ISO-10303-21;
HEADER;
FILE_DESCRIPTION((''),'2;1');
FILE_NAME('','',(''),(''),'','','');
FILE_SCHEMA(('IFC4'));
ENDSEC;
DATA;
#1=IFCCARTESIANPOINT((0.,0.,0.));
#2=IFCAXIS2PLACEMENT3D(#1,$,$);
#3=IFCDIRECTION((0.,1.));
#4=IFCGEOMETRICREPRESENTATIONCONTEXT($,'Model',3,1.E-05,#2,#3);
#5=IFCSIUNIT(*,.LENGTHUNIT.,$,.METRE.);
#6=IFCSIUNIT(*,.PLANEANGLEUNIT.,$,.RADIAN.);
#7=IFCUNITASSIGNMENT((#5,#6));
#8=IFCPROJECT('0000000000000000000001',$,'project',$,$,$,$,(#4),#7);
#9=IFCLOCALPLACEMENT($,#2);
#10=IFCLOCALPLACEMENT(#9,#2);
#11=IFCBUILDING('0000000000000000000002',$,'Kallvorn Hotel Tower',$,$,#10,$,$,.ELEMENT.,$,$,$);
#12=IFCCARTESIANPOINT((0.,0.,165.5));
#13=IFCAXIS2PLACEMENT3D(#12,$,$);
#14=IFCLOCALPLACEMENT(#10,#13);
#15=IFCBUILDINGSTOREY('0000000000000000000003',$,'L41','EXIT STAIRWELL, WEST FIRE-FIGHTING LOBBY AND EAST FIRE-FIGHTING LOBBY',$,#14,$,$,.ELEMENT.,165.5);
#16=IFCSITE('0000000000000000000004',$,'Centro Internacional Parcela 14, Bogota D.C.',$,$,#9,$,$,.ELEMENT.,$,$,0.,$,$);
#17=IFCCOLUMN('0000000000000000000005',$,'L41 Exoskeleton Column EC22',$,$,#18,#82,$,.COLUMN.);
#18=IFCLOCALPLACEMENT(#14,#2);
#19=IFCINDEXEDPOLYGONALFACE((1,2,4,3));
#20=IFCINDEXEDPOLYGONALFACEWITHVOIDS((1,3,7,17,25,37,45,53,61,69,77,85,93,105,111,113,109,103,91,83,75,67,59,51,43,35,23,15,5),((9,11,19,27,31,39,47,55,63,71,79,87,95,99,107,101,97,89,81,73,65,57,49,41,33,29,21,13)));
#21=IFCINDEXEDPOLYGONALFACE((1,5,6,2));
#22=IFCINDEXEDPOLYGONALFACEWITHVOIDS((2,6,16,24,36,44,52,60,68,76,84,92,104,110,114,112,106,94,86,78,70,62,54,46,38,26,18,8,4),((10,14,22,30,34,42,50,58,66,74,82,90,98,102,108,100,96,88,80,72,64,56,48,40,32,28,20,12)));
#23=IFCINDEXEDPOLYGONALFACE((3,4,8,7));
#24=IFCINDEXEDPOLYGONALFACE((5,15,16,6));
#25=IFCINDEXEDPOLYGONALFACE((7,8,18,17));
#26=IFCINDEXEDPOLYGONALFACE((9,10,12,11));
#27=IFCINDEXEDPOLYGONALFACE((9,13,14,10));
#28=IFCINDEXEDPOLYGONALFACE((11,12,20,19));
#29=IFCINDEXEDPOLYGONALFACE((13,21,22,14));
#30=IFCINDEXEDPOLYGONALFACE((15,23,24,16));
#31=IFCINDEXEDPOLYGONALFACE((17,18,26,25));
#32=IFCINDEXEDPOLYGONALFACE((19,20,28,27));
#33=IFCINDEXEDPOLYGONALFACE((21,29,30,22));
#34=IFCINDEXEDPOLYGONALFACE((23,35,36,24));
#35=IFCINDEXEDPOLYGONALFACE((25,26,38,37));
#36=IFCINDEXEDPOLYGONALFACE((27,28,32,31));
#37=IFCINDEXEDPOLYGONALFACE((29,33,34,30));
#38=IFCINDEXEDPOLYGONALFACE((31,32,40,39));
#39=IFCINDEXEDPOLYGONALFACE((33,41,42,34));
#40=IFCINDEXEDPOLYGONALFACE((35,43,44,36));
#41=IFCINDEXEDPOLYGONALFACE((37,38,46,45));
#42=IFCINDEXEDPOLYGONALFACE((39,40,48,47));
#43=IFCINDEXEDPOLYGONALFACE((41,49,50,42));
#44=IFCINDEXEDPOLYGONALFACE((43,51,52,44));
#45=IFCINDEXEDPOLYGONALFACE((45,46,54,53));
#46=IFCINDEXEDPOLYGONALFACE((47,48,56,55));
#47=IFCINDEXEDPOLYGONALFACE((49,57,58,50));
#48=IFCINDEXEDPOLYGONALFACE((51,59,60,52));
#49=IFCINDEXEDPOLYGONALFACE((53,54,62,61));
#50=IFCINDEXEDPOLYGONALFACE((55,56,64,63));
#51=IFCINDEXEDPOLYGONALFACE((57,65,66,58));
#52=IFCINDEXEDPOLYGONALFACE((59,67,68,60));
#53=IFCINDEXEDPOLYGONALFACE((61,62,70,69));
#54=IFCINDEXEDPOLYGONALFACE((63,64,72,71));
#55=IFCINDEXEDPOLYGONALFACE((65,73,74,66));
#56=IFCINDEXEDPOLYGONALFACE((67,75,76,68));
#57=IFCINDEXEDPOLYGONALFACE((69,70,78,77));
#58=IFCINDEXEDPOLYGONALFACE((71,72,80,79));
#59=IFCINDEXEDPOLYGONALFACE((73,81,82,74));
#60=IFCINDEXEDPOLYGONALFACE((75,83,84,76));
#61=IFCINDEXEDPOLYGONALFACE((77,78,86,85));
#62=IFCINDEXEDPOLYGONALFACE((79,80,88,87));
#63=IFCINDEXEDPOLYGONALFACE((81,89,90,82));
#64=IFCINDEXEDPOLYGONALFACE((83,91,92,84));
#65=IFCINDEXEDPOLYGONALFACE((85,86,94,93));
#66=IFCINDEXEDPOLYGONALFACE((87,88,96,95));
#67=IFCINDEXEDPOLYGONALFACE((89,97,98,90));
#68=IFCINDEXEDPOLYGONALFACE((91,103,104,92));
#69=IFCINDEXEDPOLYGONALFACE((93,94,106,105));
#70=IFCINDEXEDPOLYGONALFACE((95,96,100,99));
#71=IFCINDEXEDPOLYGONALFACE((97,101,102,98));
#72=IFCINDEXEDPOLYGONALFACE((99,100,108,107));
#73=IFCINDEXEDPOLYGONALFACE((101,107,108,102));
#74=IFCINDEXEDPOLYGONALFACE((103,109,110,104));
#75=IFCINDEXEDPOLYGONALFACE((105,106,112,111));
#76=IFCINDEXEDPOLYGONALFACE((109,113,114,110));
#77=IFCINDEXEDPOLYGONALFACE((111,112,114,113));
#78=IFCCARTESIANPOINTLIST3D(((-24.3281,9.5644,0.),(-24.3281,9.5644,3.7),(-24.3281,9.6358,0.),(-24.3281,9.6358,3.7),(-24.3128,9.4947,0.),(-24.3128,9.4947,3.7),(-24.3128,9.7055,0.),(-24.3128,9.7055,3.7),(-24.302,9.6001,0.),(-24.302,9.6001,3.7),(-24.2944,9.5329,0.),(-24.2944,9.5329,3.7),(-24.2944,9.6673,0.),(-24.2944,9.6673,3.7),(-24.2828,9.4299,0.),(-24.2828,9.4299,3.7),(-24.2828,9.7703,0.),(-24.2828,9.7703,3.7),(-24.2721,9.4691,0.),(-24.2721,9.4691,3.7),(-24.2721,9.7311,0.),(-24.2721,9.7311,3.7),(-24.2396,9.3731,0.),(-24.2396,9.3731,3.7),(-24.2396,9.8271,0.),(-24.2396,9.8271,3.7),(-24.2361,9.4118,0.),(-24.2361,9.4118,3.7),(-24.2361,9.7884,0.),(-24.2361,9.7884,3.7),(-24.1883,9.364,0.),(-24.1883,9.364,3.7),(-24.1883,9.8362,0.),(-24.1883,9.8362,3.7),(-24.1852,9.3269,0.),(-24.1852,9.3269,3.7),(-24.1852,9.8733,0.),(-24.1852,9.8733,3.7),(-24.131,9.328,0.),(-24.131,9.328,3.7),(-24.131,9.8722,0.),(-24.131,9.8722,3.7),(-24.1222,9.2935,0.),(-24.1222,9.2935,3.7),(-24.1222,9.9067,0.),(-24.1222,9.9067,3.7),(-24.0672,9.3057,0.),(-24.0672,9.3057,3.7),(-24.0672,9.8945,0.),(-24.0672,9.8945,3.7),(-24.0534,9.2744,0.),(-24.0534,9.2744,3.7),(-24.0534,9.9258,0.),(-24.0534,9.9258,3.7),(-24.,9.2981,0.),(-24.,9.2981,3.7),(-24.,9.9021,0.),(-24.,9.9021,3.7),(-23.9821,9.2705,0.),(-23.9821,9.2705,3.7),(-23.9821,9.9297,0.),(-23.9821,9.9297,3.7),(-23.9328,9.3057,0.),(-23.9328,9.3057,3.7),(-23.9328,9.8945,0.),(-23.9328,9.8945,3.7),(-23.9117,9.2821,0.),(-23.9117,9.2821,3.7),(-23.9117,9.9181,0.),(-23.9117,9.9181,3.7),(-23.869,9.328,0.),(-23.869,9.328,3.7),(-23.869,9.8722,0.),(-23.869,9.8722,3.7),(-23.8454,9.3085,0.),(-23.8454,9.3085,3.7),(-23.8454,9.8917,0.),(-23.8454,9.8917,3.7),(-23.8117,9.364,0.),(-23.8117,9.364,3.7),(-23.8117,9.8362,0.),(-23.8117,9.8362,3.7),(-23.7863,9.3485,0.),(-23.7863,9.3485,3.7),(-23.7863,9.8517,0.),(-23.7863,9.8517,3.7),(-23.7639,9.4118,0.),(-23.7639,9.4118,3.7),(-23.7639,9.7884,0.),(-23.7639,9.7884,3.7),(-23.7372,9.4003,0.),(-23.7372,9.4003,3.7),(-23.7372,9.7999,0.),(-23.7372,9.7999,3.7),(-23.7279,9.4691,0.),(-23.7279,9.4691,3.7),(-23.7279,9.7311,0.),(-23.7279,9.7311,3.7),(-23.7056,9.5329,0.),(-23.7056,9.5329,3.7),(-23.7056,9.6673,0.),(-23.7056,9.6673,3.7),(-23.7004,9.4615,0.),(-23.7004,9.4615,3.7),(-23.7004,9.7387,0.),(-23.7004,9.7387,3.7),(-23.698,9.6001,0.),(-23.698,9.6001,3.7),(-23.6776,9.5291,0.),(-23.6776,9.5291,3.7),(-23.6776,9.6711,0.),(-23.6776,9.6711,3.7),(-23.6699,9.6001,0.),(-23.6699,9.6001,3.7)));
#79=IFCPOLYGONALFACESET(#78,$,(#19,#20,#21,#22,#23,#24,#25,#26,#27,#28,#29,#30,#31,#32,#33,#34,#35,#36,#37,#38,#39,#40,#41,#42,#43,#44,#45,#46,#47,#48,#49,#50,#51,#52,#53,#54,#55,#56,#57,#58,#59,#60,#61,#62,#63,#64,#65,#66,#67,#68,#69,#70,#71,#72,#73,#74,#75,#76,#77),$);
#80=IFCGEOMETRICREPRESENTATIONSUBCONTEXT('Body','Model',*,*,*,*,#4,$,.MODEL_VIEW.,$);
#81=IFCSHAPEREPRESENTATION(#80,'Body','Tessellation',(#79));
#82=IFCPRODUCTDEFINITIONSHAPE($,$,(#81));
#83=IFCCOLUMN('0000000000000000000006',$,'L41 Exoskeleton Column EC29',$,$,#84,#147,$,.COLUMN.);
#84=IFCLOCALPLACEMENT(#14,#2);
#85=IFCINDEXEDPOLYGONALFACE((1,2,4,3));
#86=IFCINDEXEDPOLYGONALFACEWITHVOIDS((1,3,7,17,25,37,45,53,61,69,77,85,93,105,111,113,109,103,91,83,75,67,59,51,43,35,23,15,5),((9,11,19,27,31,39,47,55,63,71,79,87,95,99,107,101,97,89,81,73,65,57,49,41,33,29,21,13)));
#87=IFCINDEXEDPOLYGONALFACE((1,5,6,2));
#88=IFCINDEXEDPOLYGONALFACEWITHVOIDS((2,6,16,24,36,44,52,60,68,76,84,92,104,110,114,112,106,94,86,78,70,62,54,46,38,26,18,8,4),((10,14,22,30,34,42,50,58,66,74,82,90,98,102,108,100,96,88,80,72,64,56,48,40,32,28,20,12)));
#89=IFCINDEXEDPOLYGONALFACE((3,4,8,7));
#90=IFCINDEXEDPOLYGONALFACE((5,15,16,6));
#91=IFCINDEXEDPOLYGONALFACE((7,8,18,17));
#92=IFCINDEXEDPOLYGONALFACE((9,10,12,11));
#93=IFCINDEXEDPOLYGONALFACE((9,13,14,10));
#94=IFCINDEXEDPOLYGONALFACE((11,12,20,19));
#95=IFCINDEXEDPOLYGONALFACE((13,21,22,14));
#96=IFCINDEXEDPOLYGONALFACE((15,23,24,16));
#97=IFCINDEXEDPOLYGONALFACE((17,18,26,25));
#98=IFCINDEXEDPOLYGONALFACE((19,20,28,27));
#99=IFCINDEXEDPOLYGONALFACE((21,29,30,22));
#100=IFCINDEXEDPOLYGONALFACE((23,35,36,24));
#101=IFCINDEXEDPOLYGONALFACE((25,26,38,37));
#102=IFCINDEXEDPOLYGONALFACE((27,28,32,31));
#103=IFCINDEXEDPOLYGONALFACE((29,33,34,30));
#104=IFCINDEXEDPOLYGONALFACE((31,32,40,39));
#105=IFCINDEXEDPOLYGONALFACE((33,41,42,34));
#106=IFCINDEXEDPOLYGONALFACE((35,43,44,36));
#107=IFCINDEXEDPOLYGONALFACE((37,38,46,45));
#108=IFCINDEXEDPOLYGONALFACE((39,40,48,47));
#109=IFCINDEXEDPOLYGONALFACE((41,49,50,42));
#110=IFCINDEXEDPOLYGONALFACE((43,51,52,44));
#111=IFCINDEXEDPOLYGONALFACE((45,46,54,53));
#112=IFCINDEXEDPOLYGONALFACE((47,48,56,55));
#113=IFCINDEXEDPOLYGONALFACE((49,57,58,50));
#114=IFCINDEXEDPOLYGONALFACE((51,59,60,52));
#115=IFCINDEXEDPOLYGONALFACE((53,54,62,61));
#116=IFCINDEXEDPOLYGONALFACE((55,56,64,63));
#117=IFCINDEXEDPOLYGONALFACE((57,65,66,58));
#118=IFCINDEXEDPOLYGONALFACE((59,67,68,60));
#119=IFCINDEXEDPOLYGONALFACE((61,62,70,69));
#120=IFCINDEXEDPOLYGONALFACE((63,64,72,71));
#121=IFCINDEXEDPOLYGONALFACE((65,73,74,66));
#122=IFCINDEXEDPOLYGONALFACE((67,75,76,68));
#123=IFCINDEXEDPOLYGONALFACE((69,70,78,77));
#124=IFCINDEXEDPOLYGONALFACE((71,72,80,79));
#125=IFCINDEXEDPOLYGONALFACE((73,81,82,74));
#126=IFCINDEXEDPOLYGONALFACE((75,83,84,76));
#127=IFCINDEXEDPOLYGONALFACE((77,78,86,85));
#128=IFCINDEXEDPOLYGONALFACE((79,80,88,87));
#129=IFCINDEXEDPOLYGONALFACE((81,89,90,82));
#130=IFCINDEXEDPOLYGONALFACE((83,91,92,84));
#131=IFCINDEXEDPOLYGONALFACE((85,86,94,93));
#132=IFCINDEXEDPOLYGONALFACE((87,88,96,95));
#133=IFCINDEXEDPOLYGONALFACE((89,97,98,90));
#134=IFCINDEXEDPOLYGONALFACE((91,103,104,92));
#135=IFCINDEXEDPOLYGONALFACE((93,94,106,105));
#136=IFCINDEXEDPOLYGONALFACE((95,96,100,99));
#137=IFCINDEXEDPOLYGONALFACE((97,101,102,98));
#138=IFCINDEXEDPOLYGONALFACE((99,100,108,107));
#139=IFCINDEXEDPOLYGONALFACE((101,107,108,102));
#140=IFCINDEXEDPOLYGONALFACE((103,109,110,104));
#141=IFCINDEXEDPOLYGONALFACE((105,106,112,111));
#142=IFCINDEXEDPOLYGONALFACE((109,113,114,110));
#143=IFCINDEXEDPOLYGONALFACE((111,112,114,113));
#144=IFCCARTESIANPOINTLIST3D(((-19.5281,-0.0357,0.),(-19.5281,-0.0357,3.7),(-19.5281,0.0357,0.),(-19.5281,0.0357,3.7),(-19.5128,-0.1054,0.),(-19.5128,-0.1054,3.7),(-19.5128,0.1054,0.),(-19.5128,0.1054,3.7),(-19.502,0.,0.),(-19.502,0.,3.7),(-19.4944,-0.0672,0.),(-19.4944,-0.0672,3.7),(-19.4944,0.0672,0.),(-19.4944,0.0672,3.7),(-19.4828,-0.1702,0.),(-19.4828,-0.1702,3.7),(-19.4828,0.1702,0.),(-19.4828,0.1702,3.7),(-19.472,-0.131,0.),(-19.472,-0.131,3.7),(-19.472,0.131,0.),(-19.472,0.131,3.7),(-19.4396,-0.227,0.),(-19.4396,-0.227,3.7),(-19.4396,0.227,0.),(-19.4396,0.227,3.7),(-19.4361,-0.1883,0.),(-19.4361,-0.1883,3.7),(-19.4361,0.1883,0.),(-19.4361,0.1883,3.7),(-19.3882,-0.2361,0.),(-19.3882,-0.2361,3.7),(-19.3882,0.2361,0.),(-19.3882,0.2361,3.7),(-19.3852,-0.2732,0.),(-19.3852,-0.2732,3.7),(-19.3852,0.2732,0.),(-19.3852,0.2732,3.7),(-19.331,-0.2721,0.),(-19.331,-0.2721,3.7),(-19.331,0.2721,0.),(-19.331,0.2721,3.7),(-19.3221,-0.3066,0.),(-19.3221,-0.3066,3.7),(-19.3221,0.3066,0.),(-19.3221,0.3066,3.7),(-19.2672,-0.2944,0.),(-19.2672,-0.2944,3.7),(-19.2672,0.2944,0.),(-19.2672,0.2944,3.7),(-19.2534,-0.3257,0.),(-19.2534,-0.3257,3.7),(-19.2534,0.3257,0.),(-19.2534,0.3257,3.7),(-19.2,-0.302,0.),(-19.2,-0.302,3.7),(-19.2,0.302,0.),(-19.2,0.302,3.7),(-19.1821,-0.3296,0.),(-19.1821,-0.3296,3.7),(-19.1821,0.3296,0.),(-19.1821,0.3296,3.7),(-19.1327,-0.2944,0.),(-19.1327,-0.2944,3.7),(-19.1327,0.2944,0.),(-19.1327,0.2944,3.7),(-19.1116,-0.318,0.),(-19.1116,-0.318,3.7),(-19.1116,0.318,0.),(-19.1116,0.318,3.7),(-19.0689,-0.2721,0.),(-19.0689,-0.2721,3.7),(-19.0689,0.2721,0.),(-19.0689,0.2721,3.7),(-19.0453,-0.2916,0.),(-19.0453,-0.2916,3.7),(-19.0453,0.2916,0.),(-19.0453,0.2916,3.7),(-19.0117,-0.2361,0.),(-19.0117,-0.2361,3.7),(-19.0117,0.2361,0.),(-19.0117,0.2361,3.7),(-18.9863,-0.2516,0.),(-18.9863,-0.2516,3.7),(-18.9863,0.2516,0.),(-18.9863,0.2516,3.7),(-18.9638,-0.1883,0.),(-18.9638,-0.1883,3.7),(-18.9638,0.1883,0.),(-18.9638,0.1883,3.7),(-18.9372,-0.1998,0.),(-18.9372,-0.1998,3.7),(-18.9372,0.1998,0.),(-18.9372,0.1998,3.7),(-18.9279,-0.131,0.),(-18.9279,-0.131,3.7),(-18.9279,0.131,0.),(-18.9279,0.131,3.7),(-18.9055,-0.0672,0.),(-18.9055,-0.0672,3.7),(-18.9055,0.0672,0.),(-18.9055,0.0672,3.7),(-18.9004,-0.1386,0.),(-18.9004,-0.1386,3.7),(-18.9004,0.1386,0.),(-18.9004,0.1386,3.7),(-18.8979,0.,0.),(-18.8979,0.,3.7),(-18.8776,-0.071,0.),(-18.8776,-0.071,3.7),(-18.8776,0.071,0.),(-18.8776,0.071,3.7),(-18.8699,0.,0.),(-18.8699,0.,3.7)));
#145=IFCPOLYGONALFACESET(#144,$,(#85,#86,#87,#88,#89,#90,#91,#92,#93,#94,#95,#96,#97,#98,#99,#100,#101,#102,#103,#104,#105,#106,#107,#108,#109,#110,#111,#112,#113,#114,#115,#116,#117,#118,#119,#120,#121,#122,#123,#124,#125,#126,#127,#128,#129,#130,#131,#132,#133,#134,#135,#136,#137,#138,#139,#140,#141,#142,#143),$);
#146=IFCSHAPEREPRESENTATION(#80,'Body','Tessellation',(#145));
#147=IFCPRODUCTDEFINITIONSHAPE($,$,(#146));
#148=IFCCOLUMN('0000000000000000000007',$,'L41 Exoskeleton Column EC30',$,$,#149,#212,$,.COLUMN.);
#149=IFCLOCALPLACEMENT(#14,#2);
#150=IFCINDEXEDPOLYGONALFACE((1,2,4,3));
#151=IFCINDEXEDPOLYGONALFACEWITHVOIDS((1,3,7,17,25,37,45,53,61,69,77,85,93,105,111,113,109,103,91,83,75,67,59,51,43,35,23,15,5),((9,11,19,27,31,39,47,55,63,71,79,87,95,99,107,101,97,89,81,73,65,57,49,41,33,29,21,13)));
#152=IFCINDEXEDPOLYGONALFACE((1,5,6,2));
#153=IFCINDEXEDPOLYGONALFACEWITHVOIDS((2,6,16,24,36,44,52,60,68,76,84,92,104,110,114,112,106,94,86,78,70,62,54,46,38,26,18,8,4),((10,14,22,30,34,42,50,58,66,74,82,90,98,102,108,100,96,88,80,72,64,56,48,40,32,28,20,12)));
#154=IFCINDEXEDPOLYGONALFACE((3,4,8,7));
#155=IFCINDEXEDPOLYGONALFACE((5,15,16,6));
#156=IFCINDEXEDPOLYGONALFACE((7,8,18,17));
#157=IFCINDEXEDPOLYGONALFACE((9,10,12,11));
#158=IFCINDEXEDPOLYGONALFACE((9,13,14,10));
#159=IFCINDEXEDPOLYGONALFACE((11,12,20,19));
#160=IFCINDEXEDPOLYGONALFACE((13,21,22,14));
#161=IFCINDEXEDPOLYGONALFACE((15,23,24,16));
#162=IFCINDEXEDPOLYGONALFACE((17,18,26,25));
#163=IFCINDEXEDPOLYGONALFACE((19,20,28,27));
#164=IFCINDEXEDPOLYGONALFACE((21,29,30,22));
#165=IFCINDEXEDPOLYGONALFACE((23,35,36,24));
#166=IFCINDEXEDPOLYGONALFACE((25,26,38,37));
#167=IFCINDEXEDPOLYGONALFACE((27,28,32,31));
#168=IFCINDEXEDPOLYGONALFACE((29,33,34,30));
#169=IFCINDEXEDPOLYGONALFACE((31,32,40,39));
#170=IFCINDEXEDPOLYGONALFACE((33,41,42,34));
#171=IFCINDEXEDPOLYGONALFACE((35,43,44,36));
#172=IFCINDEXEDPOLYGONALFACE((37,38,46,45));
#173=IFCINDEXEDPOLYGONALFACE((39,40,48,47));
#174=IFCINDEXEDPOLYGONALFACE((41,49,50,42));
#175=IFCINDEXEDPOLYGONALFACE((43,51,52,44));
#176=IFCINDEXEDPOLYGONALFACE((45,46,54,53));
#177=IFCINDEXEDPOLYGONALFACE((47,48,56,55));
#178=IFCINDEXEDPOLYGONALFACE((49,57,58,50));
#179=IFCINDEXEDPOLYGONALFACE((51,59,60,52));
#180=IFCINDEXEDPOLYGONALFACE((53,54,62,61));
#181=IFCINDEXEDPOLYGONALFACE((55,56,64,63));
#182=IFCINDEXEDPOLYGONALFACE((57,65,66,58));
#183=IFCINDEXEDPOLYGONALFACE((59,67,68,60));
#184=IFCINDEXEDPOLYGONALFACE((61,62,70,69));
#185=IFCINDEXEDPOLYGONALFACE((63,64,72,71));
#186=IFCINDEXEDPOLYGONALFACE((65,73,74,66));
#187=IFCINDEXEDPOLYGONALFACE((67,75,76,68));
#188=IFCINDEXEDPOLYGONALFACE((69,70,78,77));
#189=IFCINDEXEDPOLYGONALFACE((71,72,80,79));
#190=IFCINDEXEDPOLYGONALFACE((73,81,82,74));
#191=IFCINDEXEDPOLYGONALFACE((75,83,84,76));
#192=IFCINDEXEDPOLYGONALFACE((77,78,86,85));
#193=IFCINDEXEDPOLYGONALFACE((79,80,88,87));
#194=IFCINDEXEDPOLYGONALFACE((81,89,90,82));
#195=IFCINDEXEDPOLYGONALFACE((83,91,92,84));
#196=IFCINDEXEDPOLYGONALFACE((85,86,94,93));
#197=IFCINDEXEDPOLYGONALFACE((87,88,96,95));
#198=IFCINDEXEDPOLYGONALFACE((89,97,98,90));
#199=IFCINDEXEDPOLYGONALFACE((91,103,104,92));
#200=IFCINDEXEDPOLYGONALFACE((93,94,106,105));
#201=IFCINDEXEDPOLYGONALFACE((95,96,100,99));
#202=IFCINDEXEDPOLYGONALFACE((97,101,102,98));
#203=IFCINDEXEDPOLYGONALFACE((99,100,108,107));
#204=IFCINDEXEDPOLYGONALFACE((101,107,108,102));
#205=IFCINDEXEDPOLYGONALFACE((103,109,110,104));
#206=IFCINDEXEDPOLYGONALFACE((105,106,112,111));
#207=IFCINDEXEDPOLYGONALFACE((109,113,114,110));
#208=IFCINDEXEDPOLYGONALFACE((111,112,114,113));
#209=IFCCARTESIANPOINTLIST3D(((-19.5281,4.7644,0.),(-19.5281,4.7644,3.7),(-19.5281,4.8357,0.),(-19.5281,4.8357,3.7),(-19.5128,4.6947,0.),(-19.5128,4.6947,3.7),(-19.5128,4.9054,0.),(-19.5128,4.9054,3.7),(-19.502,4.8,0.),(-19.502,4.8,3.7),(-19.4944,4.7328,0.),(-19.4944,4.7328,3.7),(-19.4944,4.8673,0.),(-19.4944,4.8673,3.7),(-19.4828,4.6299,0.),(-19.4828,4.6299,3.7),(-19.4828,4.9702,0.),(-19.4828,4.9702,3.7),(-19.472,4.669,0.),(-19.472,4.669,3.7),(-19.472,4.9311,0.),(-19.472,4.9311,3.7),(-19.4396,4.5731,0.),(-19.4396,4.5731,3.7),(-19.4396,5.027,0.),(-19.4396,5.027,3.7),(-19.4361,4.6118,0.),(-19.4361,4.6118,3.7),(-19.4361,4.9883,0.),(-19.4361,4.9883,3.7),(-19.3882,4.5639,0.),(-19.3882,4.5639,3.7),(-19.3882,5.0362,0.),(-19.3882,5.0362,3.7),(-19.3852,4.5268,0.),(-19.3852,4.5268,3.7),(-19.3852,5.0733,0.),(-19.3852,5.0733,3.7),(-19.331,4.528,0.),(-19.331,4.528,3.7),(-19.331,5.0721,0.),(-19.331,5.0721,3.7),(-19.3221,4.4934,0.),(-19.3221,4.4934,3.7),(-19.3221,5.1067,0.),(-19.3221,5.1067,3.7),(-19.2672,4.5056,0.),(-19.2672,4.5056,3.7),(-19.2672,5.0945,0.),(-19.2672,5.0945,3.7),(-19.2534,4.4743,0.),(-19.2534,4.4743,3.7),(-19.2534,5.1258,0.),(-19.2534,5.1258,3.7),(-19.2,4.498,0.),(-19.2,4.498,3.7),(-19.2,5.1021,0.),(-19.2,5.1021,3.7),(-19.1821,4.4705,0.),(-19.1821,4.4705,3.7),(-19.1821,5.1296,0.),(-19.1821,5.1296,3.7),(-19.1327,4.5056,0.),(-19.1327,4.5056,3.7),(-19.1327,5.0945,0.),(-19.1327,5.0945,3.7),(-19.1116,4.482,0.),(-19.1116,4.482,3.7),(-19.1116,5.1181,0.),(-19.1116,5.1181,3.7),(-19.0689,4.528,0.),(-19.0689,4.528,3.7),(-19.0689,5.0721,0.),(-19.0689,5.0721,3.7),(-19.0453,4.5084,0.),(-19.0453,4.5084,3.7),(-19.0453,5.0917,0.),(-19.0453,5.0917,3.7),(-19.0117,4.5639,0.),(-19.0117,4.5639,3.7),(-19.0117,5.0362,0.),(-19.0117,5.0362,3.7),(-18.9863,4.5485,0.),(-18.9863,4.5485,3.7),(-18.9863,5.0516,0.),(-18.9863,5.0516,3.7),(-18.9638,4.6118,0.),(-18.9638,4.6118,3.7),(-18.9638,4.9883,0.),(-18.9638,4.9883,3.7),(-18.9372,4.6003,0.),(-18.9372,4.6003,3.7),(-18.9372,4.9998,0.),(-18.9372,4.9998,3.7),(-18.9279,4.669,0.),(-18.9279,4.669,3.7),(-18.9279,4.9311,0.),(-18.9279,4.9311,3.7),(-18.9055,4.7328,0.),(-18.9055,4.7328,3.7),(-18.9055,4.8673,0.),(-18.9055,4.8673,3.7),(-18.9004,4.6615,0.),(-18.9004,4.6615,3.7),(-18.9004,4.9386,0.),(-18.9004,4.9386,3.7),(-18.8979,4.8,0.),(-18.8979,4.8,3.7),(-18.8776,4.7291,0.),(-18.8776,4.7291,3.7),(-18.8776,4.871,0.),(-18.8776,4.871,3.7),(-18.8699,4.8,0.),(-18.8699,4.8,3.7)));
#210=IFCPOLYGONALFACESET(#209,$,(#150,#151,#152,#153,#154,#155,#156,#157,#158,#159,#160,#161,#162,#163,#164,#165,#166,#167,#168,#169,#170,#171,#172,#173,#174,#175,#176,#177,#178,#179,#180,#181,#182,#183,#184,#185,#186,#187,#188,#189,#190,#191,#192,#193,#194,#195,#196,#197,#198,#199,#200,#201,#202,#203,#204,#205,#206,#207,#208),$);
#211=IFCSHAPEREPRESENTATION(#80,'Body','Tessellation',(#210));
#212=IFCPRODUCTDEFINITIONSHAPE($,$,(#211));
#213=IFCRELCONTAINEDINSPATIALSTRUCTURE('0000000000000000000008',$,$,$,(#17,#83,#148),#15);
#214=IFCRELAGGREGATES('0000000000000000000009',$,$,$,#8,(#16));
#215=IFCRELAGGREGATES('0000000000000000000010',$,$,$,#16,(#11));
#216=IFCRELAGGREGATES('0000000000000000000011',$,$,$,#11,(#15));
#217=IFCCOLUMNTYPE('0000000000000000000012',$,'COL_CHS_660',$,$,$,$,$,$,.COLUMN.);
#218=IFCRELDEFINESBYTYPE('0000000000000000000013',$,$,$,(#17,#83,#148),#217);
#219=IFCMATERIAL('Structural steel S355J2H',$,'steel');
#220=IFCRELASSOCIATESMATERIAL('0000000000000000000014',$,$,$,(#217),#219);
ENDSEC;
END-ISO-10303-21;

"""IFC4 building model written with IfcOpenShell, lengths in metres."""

from ifc_helpers import new_model, si_unit, direction, frame, origin, origin_2d, place, context, subcontext, project, spatial, hollow_circle, extrude, material, material_profile, profile_set, type_object, element, save


model = new_model("IFC4")

# Units and contexts
model_context = context("Model", 3, precision=1e-05, world=origin(), true_north=direction((0.0, 1.0)))
body_context = subcontext(model_context, "Body", "Model", "MODEL_VIEW")
ifc_project = project(units=[si_unit("LENGTHUNIT", "METRE"), si_unit("PLANEANGLEUNIT", "RADIAN")], contexts=[model_context])

# Site, building, storey
site_placement = place(None, origin())
site = spatial("IfcSite", under=ifc_project, at=site_placement, Name="Centro Internacional Parcela 14, Bogota D.C.", CompositionType="ELEMENT", RefElevation=0.0)
building_placement = place(site_placement, origin())
building = spatial("IfcBuilding", under=site, at=building_placement, Name="Kallvorn Hotel Tower", CompositionType="ELEMENT")
storey_placement = place(building_placement, frame((0.0, 0.0, 165.5)))
storey = spatial("IfcBuildingStorey", under=building, at=storey_placement, Name="L41", Description="EXIT STAIRWELL, WEST FIRE-FIGHTING LOBBY AND EAST FIRE-FIGHTING LOBBY", CompositionType="ELEMENT", Elevation=165.5)

# Columns
ifc_material_1 = material(Name="Structural steel S355J2H", Category="steel")
ifc_material_profile_1 = material_profile(ifc_material_1, hollow_circle(Radius=0.3301, WallThickness=0.0281, at=origin_2d()), Name="CHS 660x28")
ifc_profile_set_1 = profile_set([ifc_material_profile_1], Name="Structural steel S355J2H")
column_type_1 = type_object("IfcColumnType", Name="COL_CHS_660", PredefinedType="COLUMN", material=ifc_profile_set_1)
for number, where, z_axis, x_axis, name in (
    (1, (-24.0, 9.6001, 0.0), (0.0, 0.0, 1.0), (1.0, 0.0, 0.0), "L41 Exoskeleton Column EC22"),
    (2, (-19.2, 0.0, 0.0), (0.0, 0.0, 1.0), (1.0, 0.0, 0.0), "L41 Exoskeleton Column EC29"),
    (3, (-19.2, 4.8, 0.0), (0.0, 0.0, 1.0), (1.0, 0.0, 0.0), "L41 Exoskeleton Column EC30"),
):
    element("IfcColumn", number, at=place(storey_placement, frame(where, z_axis=z_axis, x_axis=x_axis)), inside=storey, type_object=column_type_1, Name=name, PredefinedType="COLUMN", context=body_context, shape_type="SweptSolid", body=[
        extrude(hollow_circle(Radius=0.3301, WallThickness=0.0281, at=origin_2d()), origin(), (0.0, 0.0, 1.0), 3.7),
    ])

save(model, "model.ifc")
